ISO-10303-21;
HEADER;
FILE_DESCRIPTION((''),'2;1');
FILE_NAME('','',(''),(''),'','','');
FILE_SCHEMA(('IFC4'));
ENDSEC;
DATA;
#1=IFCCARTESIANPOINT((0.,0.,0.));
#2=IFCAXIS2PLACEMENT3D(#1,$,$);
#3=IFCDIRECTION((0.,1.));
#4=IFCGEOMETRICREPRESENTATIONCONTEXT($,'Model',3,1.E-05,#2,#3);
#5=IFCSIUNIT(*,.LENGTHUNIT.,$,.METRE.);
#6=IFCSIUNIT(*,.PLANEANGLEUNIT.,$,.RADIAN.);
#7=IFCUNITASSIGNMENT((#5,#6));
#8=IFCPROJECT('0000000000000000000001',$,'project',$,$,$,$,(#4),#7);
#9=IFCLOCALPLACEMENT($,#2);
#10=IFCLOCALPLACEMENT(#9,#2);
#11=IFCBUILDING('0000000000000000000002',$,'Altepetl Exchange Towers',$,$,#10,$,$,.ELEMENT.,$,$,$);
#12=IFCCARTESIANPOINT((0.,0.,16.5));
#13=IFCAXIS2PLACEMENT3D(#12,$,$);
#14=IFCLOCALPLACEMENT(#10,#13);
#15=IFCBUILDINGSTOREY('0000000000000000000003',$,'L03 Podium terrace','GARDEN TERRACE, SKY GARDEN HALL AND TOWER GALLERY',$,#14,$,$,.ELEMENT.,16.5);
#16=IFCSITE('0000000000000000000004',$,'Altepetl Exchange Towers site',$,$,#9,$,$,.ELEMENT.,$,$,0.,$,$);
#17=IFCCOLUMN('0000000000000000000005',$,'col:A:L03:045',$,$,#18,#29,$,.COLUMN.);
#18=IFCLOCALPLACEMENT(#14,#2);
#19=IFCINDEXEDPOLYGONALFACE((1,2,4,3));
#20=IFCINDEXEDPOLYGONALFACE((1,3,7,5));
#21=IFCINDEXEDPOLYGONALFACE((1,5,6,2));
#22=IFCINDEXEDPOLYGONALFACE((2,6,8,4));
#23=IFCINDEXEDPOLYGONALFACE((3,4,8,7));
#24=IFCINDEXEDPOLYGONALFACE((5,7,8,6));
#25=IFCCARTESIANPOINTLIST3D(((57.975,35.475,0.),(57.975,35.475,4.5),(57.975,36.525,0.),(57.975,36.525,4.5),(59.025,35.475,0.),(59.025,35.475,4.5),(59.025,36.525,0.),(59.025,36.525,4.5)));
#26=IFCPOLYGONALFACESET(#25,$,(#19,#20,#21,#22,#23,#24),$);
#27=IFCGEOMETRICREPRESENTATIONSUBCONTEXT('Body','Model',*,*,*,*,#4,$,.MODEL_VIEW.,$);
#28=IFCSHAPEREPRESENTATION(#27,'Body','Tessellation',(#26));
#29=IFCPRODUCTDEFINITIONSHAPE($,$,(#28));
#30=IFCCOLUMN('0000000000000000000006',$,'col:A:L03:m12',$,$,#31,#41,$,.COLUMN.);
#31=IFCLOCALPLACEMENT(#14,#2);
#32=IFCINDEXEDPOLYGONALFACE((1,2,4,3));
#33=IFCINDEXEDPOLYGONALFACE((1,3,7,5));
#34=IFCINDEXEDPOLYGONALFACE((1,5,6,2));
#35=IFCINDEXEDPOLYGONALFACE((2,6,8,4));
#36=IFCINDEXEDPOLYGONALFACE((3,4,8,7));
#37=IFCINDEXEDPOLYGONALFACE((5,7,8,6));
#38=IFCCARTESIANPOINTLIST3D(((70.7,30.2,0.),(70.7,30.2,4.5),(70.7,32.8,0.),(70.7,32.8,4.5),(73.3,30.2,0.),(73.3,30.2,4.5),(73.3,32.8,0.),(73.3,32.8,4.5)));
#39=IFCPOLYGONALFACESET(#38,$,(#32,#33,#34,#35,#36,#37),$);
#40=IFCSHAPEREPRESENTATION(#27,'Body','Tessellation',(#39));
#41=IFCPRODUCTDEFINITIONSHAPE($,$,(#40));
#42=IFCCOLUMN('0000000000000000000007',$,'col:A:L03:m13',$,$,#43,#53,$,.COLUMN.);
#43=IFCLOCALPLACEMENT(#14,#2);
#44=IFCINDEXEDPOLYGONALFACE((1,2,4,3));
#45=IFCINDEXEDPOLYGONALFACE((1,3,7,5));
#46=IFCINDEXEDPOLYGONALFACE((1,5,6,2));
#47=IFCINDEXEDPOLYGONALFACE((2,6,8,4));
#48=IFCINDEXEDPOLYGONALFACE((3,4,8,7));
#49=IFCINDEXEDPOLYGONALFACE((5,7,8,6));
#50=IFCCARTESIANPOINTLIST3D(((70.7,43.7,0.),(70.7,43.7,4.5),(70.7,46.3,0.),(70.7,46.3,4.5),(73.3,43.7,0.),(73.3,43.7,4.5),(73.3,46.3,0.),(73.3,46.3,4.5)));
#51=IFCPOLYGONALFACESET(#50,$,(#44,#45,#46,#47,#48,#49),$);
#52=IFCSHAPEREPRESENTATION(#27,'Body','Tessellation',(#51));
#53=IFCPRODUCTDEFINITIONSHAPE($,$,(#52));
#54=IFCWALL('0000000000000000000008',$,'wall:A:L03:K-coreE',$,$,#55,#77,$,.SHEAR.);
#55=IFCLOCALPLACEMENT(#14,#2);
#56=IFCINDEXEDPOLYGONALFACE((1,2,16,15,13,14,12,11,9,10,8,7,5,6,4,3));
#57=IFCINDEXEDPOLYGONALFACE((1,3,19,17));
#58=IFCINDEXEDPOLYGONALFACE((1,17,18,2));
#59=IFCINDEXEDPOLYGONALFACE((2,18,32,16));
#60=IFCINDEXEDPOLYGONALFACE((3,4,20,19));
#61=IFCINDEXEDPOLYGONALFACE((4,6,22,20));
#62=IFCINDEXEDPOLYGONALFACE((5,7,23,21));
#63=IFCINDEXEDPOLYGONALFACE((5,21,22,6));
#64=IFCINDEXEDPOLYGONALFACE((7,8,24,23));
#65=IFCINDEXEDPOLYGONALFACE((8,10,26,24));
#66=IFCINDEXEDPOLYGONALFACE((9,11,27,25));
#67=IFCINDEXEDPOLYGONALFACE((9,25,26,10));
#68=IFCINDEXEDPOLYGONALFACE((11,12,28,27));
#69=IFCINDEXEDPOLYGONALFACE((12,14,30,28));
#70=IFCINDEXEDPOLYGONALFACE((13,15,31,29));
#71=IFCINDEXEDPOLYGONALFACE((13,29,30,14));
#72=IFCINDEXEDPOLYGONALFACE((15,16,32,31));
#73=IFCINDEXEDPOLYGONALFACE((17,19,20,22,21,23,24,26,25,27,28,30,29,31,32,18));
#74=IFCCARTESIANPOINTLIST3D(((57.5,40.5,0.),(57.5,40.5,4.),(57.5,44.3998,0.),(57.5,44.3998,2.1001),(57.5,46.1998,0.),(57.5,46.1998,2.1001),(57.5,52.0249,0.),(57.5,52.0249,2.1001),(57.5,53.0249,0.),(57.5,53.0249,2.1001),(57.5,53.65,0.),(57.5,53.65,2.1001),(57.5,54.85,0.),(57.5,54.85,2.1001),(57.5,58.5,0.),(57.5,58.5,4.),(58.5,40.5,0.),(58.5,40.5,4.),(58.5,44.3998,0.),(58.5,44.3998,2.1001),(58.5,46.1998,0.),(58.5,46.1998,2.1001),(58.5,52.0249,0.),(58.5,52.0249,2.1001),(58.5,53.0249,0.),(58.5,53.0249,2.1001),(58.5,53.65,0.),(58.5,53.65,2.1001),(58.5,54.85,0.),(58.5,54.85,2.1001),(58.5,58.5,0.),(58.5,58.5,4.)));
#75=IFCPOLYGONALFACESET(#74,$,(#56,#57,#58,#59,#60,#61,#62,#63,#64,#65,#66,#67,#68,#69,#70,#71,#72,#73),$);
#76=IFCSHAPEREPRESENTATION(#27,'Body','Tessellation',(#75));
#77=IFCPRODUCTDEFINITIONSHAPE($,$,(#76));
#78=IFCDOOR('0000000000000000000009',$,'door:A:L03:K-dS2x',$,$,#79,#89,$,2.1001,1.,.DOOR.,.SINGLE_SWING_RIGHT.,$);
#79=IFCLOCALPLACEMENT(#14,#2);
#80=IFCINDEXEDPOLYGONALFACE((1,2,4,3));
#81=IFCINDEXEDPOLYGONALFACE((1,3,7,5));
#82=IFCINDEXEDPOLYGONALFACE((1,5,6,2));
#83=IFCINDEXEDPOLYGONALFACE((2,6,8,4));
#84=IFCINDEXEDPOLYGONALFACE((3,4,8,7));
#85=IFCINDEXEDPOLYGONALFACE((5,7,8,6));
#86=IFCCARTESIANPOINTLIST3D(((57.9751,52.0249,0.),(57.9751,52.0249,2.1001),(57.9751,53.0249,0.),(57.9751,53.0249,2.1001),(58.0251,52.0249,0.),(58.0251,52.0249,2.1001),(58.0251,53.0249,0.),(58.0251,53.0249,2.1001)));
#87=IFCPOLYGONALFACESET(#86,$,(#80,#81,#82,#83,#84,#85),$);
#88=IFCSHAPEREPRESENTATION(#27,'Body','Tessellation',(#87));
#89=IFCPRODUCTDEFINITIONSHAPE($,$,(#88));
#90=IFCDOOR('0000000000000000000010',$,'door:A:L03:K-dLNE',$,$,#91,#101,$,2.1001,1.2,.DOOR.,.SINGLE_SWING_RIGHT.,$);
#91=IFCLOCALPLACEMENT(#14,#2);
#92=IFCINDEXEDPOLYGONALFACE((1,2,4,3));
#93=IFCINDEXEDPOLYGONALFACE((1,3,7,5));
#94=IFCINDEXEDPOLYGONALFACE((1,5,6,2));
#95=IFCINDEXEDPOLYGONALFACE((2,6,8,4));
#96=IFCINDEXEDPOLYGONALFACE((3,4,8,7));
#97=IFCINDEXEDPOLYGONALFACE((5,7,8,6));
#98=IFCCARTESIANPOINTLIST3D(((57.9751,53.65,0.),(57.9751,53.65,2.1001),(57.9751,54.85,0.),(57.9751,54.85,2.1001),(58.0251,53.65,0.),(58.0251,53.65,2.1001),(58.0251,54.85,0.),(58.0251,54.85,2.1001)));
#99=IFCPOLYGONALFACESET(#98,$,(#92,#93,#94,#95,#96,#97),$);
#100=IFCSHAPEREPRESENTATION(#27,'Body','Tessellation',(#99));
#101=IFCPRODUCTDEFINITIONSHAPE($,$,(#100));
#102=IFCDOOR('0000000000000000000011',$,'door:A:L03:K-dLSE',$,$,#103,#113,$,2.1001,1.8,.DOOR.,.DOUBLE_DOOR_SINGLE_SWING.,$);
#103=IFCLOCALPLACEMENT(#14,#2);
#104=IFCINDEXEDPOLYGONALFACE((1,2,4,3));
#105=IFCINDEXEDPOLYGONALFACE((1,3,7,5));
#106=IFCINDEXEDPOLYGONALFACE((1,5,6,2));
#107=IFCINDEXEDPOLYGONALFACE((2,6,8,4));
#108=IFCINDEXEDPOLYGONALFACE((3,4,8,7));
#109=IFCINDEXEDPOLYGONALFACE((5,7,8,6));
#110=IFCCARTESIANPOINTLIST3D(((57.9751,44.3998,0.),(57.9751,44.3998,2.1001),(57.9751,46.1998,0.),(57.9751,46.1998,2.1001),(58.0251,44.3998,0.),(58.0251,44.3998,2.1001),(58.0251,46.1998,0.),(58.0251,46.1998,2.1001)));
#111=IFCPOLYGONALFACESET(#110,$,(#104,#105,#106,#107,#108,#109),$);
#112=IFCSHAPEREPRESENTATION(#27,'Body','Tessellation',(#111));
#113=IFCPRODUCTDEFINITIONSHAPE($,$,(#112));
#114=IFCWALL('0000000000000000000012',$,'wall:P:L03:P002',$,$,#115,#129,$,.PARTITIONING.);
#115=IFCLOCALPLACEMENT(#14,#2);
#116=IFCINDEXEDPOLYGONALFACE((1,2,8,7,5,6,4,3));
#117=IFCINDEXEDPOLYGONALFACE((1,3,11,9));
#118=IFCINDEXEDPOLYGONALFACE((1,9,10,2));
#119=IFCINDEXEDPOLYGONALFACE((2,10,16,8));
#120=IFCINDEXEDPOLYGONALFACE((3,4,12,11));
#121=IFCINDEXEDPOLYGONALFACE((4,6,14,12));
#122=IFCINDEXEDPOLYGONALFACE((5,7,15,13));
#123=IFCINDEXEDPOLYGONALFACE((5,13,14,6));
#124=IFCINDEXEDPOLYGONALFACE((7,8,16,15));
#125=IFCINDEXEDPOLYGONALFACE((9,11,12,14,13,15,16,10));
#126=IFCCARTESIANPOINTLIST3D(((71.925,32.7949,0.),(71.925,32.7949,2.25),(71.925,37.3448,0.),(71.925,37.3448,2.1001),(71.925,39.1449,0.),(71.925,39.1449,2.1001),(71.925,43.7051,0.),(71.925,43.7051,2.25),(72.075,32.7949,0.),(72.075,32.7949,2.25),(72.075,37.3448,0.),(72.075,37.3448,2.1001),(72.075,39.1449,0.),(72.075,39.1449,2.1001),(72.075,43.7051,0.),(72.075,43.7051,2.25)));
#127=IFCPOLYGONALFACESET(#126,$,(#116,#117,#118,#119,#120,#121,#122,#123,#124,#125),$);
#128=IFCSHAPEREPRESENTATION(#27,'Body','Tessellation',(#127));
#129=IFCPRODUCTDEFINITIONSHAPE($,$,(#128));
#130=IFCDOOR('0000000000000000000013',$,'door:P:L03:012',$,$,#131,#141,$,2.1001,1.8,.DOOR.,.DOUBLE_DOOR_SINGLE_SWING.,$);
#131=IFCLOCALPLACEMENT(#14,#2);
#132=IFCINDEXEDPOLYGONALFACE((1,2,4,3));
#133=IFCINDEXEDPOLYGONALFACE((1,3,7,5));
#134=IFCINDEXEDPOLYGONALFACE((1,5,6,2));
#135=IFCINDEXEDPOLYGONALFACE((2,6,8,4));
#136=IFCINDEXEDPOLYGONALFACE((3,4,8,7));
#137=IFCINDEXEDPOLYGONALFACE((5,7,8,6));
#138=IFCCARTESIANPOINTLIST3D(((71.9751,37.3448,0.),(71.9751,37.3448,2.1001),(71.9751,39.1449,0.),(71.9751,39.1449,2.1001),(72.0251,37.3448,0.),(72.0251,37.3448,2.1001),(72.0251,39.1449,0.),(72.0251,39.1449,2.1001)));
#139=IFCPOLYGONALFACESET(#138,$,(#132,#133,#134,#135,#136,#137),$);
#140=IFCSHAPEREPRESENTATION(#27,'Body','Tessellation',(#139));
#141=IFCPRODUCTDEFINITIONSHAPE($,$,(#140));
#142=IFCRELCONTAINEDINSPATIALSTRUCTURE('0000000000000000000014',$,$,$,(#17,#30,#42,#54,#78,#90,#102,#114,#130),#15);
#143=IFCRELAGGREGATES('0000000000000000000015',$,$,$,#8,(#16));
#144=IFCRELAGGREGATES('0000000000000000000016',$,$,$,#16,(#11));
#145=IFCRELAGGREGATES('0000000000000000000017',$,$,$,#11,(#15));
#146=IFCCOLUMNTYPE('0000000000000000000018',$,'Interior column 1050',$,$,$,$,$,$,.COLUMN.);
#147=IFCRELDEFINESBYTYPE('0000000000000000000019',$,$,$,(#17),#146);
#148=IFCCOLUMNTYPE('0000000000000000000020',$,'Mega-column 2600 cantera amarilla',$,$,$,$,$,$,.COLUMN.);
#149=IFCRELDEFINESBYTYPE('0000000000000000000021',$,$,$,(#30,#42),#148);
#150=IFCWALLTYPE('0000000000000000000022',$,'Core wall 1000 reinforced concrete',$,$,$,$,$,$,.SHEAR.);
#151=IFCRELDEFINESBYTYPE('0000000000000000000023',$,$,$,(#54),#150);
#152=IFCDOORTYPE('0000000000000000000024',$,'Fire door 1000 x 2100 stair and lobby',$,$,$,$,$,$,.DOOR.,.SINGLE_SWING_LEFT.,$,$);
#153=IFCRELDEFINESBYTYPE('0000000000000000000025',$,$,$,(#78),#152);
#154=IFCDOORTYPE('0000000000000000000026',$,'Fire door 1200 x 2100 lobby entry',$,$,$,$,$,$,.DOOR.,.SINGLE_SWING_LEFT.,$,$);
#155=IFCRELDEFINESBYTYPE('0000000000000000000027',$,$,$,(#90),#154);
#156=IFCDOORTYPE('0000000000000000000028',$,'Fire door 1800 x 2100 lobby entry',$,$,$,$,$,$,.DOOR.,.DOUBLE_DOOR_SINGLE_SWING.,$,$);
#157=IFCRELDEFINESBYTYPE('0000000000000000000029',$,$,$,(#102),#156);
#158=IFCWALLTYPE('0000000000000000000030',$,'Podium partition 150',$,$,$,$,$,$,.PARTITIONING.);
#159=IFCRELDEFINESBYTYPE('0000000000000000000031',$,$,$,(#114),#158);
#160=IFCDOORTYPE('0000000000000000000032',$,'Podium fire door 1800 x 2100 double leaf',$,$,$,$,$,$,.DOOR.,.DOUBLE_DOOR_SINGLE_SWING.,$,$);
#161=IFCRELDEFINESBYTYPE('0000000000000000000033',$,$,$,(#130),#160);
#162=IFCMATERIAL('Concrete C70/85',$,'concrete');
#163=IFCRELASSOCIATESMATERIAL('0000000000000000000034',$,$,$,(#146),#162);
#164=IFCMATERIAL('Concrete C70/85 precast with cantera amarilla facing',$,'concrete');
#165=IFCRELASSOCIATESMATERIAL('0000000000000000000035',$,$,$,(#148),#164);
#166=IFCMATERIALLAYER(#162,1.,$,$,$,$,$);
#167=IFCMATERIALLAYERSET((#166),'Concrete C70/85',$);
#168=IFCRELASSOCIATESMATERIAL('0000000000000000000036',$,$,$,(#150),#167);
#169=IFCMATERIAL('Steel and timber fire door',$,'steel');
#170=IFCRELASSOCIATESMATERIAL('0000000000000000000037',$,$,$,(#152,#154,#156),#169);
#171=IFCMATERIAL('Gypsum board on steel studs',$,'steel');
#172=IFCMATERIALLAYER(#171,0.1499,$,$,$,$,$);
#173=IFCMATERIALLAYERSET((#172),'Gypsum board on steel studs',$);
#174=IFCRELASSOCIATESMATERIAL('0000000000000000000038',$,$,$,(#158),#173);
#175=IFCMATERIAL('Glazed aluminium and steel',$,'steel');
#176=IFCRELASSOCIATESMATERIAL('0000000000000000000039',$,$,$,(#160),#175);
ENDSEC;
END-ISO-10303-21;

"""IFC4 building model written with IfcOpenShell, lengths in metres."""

from ifc_helpers import new_model, si_unit, direction, frame, frame_2d, origin, origin_2d, place, context, subcontext, project, spatial, rectangle, extrude, material, layer, layer_set, material_profile, profile_set, type_object, element, fill, save


model = new_model("IFC4")

# Units and contexts
model_context = context("Model", 3, precision=1e-05, world=origin(), true_north=direction((0.0, 1.0)))
body_context = subcontext(model_context, "Body", "Model", "MODEL_VIEW")
ifc_project = project(units=[si_unit("LENGTHUNIT", "METRE"), si_unit("PLANEANGLEUNIT", "RADIAN")], contexts=[model_context])

# Site, building, storey
site_placement = place(None, origin())
site = spatial("IfcSite", under=ifc_project, at=site_placement, Name="Altepetl Exchange Towers site", CompositionType="ELEMENT", RefElevation=0.0)
building_placement = place(site_placement, origin())
building = spatial("IfcBuilding", under=site, at=building_placement, Name="Altepetl Exchange Towers", CompositionType="ELEMENT")
storey_placement = place(building_placement, frame((0.0, 0.0, 16.5)))
storey = spatial("IfcBuildingStorey", under=building, at=storey_placement, Name="L03 Podium terrace", Description="GARDEN TERRACE, SKY GARDEN HALL AND TOWER GALLERY", CompositionType="ELEMENT", Elevation=16.5)

# Columns
ifc_material_1 = material(Name="Concrete C70/85", Category="concrete")
ifc_material_profile_1 = material_profile(ifc_material_1, rectangle(XDim=1.05, YDim=1.05, at=origin_2d()), Name="1050 x 1050")
ifc_profile_set_1 = profile_set([ifc_material_profile_1], Name="Concrete C70/85")
column_type_1 = type_object("IfcColumnType", Name="Interior column 1050", PredefinedType="COLUMN", material=ifc_profile_set_1)
column_placement = place(storey_placement, frame((58.5, 36.0, 0.0)))
element("IfcColumn", 1, at=column_placement, inside=storey, type_object=column_type_1, Name="col:A:L03:045", PredefinedType="COLUMN", context=body_context, shape_type="SweptSolid", body=[
    extrude(rectangle(XDim=1.05, YDim=1.05, at=origin_2d()), origin(), (0.0, 0.0, 1.0), 4.5),
])
ifc_material_2 = material(Name="Concrete C70/85 precast with cantera amarilla facing", Category="concrete")
ifc_material_profile_2 = material_profile(ifc_material_2, rectangle(XDim=2.6001, YDim=2.6001, at=origin_2d()), Name="2600 x 2600")
ifc_profile_set_2 = profile_set([ifc_material_profile_2], Name="Concrete C70/85 precast with cantera amarilla facing")
column_type_2 = type_object("IfcColumnType", Name="Mega-column 2600 cantera amarilla", PredefinedType="COLUMN", material=ifc_profile_set_2)
for number, where, name in (
    (2, (72.0, 31.5, 0.0), "col:A:L03:m12"),
    (3, (72.0, 45.0, 0.0), "col:A:L03:m13"),
):
    element("IfcColumn", number, at=place(storey_placement, frame(where)), inside=storey, type_object=column_type_2, Name=name, PredefinedType="COLUMN", context=body_context, shape_type="SweptSolid", body=[
        extrude(rectangle(XDim=2.6001, YDim=2.6001, at=origin_2d()), origin(), (0.0, 0.0, 1.0), 4.5),
    ])

# Wall, openings, doors
ifc_layer_1 = layer(ifc_material_1, 1.0)
ifc_layer_set_1 = layer_set([ifc_layer_1], Name="Concrete C70/85")
wall_type_1 = type_object("IfcWallType", Name="Core wall 1000 reinforced concrete", PredefinedType="SHEAR", material=ifc_layer_set_1)
wall_1_placement = place(storey_placement, frame((58.0, 40.5, 0.0), z_axis=(0.0, 0.0, 1.0), x_axis=(0.0, 1.0, 0.0)))
wall_1 = element("IfcWall", 4, at=wall_1_placement, inside=storey, type_object=wall_type_1, Name="wall:A:L03:K-coreE", PredefinedType="SHEAR", context=body_context, shape_type="SweptSolid", body=[
    extrude(rectangle(XDim=18.0, YDim=1.0, at=frame_2d((9.0, 0.0))), origin(), (0.0, 0.0, 1.0), 4.0),
])
opening_1_placement = place(wall_1_placement, frame((13.1499, 0.0, 0.0)))
opening_1 = element("IfcOpeningElement", 5, at=opening_1_placement, cuts=wall_1, PredefinedType="OPENING", context=body_context, shape_type="SweptSolid", body=[
    extrude(rectangle(XDim=1.2, YDim=2.1001, at=frame_2d((0.6001, 1.05))), frame((0.0, 0.51, 0.0), z_axis=(0.0, -1.0, 0.0), x_axis=(1.0, 0.0, 0.0)), (0.0, 0.0, 1.0), 1.02),
])
opening_2_placement = place(wall_1_placement, frame((3.8999, 0.0, 0.0)))
opening_2 = element("IfcOpeningElement", 6, at=opening_2_placement, cuts=wall_1, PredefinedType="OPENING", context=body_context, shape_type="SweptSolid", body=[
    extrude(rectangle(XDim=1.8, YDim=2.1001, at=frame_2d((0.8999, 1.05))), frame((0.0, 0.51, 0.0), z_axis=(0.0, -1.0, 0.0), x_axis=(1.0, 0.0, 0.0)), (0.0, 0.0, 1.0), 1.02),
])
opening_3_placement = place(wall_1_placement, frame((11.5249, 0.0, 0.0)))
opening_3 = element("IfcOpeningElement", 7, at=opening_3_placement, cuts=wall_1, PredefinedType="OPENING", context=body_context, shape_type="SweptSolid", body=[
    extrude(rectangle(XDim=1.0, YDim=2.1001, at=frame_2d((0.5, 1.05))), frame((0.0, 0.51, 0.0), z_axis=(0.0, -1.0, 0.0), x_axis=(1.0, 0.0, 0.0)), (0.0, 0.0, 1.0), 1.02),
])
ifc_material_3 = material(Name="Steel and timber fire door", Category="steel")
door_type_1 = type_object("IfcDoorType", Name="Fire door 1000 x 2100 stair and lobby", OperationType="SINGLE_SWING_LEFT", PredefinedType="DOOR", material=ifc_material_3)
door_1_placement = place(opening_3_placement, origin())
door_1 = element("IfcDoor", 8, at=door_1_placement, inside=storey, type_object=door_type_1, Name="door:A:L03:K-dS2x", OperationType="SINGLE_SWING_RIGHT", OverallHeight=2.1001, OverallWidth=1.0, PredefinedType="DOOR", context=body_context, shape_type="SweptSolid", body=[
    extrude(rectangle(XDim=1.0, YDim=2.1001, at=frame_2d((0.5, 1.05))), frame((0.0, 0.0249, 0.0), z_axis=(0.0, -1.0, 0.0), x_axis=(1.0, 0.0, 0.0)), (0.0, 0.0, 1.0), 0.05),
])
fill(opening_3, door_1)
door_type_2 = type_object("IfcDoorType", Name="Fire door 1200 x 2100 lobby entry", OperationType="SINGLE_SWING_LEFT", PredefinedType="DOOR", material=ifc_material_3)
door_2_placement = place(opening_1_placement, origin())
door_2 = element("IfcDoor", 9, at=door_2_placement, inside=storey, type_object=door_type_2, Name="door:A:L03:K-dLNE", OperationType="SINGLE_SWING_RIGHT", OverallHeight=2.1001, OverallWidth=1.2, PredefinedType="DOOR", context=body_context, shape_type="SweptSolid", body=[
    extrude(rectangle(XDim=1.2, YDim=2.1001, at=frame_2d((0.6001, 1.05))), frame((0.0, 0.0249, 0.0), z_axis=(0.0, -1.0, 0.0), x_axis=(1.0, 0.0, 0.0)), (0.0, 0.0, 1.0), 0.05),
])
fill(opening_1, door_2)
door_type_3 = type_object("IfcDoorType", Name="Fire door 1800 x 2100 lobby entry", OperationType="DOUBLE_DOOR_SINGLE_SWING", PredefinedType="DOOR", material=ifc_material_3)
door_3_placement = place(opening_2_placement, origin())
door_3 = element("IfcDoor", 10, at=door_3_placement, inside=storey, type_object=door_type_3, Name="door:A:L03:K-dLSE", OperationType="DOUBLE_DOOR_SINGLE_SWING", OverallHeight=2.1001, OverallWidth=1.8, PredefinedType="DOOR", context=body_context, shape_type="SweptSolid", body=[
    extrude(rectangle(XDim=1.8, YDim=2.1001, at=frame_2d((0.8999, 1.05))), frame((0.0, 0.0249, 0.0), z_axis=(0.0, -1.0, 0.0), x_axis=(1.0, 0.0, 0.0)), (0.0, 0.0, 1.0), 0.05),
])
fill(opening_2, door_3)

# Wall, opening, door
ifc_material_4 = material(Name="Gypsum board on steel studs", Category="steel")
ifc_layer_2 = layer(ifc_material_4, 0.1499)
ifc_layer_set_2 = layer_set([ifc_layer_2], Name="Gypsum board on steel studs")
wall_type_2 = type_object("IfcWallType", Name="Podium partition 150", PredefinedType="PARTITIONING", material=ifc_layer_set_2)
wall_2_placement = place(storey_placement, frame((72.0, 32.7949, 0.0), z_axis=(0.0, 0.0, 1.0), x_axis=(0.0, 1.0, 0.0)))
wall_2 = element("IfcWall", 11, at=wall_2_placement, inside=storey, type_object=wall_type_2, Name="wall:P:L03:P002", PredefinedType="PARTITIONING", context=body_context, shape_type="SweptSolid", body=[
    extrude(rectangle(XDim=10.9102, YDim=0.1499, at=frame_2d((5.4551, 0.0))), origin(), (0.0, 0.0, 1.0), 2.25),
])
opening_4_placement = place(wall_2_placement, frame((4.55, 0.0, 0.0)))
opening_4 = element("IfcOpeningElement", 12, at=opening_4_placement, cuts=wall_2, PredefinedType="OPENING", context=body_context, shape_type="SweptSolid", body=[
    extrude(rectangle(XDim=1.8, YDim=2.1001, at=frame_2d((0.8999, 1.05))), frame((0.0, 0.085, 0.0), z_axis=(0.0, -1.0, 0.0), x_axis=(1.0, 0.0, 0.0)), (0.0, 0.0, 1.0), 0.1699),
])
ifc_material_5 = material(Name="Glazed aluminium and steel", Category="steel")
door_type_4 = type_object("IfcDoorType", Name="Podium fire door 1800 x 2100 double leaf", OperationType="DOUBLE_DOOR_SINGLE_SWING", PredefinedType="DOOR", material=ifc_material_5)
door_4_placement = place(opening_4_placement, origin())
door_4 = element("IfcDoor", 13, at=door_4_placement, inside=storey, type_object=door_type_4, Name="door:P:L03:012", OperationType="DOUBLE_DOOR_SINGLE_SWING", OverallHeight=2.1001, OverallWidth=1.8, PredefinedType="DOOR", context=body_context, shape_type="SweptSolid", body=[
    extrude(rectangle(XDim=1.8, YDim=2.1001, at=frame_2d((0.8999, 1.05))), frame((0.0, 0.0249, 0.0), z_axis=(0.0, -1.0, 0.0), x_axis=(1.0, 0.0, 0.0)), (0.0, 0.0, 1.0), 0.05),
])
fill(opening_4, door_4)

save(model, "model.ifc")
